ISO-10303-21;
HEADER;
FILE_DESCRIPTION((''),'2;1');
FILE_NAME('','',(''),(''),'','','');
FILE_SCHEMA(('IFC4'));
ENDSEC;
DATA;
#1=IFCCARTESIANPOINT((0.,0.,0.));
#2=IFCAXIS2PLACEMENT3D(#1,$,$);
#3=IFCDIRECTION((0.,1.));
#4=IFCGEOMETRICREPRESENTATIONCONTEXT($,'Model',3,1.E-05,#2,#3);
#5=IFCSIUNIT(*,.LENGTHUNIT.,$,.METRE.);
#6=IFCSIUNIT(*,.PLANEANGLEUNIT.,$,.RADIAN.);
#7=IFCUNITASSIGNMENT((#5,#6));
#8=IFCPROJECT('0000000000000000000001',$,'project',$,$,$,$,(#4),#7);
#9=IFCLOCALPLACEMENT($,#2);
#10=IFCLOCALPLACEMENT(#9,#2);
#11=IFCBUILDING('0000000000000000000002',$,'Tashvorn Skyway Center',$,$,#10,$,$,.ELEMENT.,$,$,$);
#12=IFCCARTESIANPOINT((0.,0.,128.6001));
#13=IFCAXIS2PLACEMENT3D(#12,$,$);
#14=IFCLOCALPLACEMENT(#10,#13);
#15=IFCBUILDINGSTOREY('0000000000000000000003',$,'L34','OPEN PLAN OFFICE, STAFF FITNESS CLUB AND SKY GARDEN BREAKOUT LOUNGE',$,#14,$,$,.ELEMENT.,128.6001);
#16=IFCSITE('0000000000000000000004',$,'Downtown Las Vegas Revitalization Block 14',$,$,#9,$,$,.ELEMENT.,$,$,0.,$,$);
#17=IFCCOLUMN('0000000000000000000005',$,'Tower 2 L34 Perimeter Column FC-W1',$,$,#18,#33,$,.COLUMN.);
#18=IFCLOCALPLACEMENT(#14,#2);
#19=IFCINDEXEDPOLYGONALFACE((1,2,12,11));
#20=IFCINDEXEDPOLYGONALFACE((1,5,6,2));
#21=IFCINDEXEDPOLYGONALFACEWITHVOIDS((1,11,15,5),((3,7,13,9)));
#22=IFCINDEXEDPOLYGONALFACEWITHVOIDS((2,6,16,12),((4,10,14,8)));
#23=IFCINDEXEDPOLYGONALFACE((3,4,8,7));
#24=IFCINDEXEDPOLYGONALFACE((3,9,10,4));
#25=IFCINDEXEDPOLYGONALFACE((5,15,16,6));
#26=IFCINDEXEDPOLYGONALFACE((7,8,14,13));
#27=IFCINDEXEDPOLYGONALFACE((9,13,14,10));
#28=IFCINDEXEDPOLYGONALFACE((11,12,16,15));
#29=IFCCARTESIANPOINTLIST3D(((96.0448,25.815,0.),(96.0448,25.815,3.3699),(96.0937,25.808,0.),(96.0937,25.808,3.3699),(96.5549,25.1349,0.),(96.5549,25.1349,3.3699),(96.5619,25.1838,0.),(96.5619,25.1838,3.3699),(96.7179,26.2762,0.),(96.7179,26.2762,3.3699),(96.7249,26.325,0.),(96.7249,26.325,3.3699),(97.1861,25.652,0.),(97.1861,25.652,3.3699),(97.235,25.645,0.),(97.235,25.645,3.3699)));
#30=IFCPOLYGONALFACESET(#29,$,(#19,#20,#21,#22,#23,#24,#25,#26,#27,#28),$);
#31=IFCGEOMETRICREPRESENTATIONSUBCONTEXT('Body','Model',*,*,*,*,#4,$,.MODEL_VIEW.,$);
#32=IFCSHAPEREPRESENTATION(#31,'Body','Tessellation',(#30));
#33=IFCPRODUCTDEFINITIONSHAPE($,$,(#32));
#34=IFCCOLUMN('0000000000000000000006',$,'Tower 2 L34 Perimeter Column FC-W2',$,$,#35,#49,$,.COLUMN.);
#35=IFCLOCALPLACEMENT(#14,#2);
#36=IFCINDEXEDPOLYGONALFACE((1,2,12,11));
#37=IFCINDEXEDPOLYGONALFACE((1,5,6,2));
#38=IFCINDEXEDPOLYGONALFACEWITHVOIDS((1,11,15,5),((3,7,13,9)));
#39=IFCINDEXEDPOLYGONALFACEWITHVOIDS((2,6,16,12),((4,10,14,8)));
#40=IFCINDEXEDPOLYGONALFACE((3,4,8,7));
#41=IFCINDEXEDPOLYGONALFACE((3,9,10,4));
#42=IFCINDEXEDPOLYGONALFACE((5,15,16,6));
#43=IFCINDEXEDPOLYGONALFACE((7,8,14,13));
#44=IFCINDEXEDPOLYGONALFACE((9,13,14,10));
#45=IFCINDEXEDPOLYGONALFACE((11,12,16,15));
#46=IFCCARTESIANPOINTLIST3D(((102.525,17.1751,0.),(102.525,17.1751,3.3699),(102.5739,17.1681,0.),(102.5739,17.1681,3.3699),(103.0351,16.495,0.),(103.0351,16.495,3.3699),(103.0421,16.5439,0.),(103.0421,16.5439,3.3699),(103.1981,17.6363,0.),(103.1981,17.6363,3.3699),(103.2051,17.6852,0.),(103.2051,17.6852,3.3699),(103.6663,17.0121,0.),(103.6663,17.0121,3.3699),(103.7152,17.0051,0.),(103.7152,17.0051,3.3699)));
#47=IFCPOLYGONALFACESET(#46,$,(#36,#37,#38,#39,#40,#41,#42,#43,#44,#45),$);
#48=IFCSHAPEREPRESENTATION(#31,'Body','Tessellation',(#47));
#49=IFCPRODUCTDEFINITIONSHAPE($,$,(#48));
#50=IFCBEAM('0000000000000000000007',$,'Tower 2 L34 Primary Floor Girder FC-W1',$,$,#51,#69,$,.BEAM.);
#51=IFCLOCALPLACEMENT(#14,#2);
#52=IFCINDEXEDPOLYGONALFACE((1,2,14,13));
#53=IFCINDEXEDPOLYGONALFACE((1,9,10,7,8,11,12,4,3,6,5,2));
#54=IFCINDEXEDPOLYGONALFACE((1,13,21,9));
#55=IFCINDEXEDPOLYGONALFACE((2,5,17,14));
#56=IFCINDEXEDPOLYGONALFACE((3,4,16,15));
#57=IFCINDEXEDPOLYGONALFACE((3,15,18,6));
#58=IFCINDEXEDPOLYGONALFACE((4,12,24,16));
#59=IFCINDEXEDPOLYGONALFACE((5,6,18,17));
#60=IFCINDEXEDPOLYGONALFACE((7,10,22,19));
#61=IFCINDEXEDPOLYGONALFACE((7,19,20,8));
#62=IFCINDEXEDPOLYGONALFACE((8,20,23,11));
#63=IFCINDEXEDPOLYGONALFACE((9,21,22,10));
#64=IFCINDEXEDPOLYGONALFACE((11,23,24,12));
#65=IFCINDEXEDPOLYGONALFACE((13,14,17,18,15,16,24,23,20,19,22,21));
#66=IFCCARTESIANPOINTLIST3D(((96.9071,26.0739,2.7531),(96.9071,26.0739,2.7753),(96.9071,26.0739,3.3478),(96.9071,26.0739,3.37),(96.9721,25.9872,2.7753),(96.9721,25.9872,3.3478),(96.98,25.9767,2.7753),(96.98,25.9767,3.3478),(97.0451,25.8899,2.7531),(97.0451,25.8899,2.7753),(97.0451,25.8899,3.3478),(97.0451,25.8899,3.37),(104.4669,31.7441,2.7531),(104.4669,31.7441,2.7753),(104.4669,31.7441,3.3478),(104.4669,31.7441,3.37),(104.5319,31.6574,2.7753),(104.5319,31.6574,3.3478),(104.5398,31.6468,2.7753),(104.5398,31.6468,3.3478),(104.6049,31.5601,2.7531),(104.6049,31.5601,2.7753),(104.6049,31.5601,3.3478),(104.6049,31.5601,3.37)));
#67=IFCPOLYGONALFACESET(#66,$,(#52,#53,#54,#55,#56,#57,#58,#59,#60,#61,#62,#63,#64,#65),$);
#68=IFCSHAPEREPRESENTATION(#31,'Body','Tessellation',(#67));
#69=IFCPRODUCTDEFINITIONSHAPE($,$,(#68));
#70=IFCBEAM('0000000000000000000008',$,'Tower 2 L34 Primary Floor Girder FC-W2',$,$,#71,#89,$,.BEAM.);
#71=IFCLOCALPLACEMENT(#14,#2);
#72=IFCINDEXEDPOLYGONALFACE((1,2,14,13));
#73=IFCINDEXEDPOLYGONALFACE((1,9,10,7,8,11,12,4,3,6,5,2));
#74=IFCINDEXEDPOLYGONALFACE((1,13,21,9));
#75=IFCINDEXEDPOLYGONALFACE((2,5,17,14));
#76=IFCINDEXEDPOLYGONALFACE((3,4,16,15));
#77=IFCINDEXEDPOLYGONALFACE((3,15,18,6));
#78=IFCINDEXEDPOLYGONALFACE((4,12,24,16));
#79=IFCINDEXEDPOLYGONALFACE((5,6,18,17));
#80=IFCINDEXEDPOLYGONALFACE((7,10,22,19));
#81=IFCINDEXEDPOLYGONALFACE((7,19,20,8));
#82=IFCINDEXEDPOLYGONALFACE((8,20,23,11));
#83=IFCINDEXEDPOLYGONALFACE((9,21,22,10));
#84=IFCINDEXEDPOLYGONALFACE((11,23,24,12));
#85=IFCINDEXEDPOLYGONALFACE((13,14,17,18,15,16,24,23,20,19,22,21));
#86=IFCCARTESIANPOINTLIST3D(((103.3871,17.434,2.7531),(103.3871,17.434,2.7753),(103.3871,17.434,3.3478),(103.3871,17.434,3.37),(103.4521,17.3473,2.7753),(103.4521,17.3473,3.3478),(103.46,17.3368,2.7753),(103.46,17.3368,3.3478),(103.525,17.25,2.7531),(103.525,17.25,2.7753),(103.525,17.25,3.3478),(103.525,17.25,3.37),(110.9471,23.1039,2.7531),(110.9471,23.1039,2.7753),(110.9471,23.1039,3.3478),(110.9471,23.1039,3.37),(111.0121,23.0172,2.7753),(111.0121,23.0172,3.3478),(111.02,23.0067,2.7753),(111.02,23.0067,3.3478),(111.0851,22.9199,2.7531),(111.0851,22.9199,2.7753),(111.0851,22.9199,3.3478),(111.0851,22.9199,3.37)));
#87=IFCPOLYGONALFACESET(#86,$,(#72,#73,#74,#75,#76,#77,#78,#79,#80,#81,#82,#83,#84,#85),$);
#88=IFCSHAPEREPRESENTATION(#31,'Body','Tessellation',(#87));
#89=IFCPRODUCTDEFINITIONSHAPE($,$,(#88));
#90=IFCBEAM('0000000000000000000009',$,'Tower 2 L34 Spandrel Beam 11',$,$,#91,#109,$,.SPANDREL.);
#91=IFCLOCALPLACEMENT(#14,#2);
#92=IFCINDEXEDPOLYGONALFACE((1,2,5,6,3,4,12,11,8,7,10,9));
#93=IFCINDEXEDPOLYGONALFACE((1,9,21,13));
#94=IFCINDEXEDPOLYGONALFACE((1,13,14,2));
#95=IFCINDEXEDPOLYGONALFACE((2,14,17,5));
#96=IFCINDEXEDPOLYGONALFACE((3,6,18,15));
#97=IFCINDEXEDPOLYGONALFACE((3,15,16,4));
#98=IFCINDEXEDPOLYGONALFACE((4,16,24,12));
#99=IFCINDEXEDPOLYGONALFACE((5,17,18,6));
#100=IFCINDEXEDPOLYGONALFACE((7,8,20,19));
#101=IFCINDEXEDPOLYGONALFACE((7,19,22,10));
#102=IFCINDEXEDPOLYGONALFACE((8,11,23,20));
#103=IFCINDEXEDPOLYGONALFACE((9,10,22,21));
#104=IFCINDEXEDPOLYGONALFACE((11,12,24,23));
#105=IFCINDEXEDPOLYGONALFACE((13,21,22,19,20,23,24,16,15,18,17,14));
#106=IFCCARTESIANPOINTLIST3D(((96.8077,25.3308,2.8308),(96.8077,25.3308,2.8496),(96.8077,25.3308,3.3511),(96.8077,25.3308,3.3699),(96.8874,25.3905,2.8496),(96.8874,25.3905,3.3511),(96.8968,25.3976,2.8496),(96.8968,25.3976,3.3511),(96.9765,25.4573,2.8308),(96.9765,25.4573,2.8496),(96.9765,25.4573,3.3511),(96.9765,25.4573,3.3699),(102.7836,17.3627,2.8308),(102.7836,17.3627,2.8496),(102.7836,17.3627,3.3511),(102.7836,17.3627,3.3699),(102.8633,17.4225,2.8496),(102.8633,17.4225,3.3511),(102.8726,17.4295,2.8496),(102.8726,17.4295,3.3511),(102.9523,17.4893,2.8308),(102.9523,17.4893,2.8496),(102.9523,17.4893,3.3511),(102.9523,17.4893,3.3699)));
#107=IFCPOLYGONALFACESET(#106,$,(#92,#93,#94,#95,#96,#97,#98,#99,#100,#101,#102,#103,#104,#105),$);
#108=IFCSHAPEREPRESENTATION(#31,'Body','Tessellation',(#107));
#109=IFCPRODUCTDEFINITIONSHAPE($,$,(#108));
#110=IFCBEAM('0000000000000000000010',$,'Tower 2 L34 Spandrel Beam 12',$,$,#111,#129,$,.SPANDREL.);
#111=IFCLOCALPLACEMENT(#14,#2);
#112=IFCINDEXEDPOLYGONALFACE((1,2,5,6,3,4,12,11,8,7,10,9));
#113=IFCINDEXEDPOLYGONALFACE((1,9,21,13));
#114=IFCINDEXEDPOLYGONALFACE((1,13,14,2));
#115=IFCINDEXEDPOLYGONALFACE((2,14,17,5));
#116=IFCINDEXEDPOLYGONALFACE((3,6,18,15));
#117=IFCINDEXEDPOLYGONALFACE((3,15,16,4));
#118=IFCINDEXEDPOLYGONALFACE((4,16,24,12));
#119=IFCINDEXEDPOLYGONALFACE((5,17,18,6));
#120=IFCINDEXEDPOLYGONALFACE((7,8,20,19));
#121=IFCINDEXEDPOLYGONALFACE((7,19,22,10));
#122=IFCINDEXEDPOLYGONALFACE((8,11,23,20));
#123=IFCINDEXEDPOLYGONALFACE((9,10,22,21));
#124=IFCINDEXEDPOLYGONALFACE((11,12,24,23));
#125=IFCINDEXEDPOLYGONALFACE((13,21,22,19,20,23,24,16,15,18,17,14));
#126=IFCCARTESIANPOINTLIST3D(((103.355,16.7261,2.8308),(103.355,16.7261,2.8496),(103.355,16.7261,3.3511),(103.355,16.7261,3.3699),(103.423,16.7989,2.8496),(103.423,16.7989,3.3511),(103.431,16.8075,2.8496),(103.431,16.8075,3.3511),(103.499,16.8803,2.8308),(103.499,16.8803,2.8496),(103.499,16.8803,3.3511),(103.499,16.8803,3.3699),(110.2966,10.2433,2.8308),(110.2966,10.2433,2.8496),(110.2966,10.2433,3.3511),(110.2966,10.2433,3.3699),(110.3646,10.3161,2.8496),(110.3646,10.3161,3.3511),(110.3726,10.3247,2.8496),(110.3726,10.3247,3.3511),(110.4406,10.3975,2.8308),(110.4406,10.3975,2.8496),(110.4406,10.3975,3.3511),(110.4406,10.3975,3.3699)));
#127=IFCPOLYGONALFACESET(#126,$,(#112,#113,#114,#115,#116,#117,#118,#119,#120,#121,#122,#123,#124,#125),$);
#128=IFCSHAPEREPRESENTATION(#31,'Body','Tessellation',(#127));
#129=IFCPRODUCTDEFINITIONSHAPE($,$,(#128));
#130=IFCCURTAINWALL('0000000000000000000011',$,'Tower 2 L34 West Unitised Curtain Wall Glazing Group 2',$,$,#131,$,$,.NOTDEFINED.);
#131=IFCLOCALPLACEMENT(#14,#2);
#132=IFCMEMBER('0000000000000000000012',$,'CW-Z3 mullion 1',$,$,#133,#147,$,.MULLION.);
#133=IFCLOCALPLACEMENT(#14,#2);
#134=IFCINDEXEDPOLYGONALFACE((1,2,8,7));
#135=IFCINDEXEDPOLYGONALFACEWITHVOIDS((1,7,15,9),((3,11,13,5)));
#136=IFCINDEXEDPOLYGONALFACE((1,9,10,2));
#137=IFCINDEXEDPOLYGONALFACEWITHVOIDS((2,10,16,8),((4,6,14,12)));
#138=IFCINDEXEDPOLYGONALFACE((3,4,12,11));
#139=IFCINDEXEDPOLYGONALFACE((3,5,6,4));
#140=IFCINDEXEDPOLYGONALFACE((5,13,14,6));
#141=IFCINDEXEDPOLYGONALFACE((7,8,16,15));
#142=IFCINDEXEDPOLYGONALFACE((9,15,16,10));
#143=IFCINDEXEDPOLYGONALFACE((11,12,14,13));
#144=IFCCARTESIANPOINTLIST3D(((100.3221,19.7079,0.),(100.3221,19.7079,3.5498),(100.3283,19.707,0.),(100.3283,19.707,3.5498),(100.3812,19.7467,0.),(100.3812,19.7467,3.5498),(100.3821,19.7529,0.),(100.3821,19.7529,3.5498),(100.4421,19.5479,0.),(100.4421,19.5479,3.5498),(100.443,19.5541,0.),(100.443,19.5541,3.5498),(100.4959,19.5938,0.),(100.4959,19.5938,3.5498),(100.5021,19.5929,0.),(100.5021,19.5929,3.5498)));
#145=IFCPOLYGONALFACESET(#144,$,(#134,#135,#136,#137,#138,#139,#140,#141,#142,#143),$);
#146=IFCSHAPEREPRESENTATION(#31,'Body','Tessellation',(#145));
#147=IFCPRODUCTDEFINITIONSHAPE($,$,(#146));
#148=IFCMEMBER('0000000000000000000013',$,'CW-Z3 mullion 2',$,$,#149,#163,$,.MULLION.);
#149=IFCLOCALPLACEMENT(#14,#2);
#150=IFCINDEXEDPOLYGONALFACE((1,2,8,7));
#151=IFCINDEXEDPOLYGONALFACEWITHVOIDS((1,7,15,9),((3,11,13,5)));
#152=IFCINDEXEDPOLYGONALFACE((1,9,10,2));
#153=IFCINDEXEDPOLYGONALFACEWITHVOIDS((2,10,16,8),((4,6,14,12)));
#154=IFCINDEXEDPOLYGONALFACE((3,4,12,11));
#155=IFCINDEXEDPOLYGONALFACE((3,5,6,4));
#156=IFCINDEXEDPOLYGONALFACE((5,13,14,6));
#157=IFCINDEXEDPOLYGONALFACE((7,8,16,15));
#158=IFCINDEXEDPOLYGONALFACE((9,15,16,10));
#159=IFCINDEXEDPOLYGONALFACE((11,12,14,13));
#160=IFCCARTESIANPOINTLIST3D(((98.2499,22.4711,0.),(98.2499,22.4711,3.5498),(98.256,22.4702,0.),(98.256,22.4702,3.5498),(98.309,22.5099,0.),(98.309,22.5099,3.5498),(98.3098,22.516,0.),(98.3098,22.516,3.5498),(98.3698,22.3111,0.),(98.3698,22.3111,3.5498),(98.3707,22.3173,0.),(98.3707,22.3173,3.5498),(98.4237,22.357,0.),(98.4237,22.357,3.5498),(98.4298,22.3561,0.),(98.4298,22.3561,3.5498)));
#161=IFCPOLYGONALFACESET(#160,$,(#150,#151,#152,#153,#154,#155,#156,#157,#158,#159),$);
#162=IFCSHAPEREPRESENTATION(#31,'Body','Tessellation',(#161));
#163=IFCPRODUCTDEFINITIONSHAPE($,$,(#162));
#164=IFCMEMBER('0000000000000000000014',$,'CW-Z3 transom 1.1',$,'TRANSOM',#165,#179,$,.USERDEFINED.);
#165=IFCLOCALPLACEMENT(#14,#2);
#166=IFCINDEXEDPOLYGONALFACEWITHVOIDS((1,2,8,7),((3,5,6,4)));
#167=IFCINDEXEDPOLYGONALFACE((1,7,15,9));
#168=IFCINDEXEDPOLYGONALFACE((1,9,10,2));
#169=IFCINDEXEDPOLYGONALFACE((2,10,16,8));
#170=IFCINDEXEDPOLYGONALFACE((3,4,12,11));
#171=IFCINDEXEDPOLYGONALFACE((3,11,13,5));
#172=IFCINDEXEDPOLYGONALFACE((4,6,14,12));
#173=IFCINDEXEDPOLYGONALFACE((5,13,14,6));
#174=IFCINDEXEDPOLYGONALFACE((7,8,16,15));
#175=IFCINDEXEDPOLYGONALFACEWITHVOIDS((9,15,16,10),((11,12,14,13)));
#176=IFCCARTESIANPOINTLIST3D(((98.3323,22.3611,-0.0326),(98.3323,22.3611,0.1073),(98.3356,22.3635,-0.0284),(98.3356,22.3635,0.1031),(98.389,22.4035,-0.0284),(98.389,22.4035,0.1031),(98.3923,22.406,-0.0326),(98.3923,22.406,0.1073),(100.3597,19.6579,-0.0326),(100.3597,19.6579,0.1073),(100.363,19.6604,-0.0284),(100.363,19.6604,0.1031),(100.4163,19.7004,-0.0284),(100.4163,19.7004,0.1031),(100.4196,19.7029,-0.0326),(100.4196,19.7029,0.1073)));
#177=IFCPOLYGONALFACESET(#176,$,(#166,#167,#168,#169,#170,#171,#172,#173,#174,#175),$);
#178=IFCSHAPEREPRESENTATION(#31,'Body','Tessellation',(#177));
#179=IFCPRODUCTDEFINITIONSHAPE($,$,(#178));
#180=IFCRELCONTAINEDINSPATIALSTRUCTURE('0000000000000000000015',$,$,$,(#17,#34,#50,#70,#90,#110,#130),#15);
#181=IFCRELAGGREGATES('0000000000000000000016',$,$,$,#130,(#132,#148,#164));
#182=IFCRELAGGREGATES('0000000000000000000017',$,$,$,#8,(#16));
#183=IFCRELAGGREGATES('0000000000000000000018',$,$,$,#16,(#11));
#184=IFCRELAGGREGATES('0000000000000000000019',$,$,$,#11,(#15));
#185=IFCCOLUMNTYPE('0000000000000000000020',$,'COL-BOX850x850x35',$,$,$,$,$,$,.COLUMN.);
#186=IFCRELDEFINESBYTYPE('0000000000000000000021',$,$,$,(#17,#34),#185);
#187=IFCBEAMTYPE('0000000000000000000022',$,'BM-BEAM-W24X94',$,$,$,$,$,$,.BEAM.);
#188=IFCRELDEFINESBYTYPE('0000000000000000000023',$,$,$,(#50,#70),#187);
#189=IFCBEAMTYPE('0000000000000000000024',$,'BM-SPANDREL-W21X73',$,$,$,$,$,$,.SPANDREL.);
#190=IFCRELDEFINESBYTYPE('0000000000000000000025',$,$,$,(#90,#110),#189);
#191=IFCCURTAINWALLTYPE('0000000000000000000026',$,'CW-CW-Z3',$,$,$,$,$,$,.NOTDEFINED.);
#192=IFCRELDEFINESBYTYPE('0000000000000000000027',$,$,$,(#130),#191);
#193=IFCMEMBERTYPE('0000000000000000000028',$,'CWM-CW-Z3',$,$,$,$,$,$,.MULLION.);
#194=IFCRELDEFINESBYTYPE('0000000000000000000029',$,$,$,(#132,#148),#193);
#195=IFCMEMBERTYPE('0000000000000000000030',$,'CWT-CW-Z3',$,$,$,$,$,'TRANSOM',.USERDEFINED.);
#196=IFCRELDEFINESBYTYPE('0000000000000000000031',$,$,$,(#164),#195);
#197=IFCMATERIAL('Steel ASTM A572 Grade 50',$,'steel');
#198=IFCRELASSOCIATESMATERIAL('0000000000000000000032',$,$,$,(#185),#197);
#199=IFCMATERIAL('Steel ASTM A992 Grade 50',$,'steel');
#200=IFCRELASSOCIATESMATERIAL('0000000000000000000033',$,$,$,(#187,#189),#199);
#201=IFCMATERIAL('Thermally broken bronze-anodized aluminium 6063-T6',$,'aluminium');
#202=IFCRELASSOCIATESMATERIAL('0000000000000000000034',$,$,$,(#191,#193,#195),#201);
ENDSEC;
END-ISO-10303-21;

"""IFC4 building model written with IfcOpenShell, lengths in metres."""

from ifc_helpers import new_model, si_unit, direction, frame, origin, origin_2d, place, context, subcontext, project, spatial, hollow_rectangle, i_section, extrude, material, material_profile, profile_set, type_object, element, aggregate, save


model = new_model("IFC4")

# Units and contexts
model_context = context("Model", 3, precision=1e-05, world=origin(), true_north=direction((0.0, 1.0)))
body_context = subcontext(model_context, "Body", "Model", "MODEL_VIEW")
ifc_project = project(units=[si_unit("LENGTHUNIT", "METRE"), si_unit("PLANEANGLEUNIT", "RADIAN")], contexts=[model_context])

# Site, building, storey
site_placement = place(None, origin())
site = spatial("IfcSite", under=ifc_project, at=site_placement, Name="Downtown Las Vegas Revitalization Block 14", CompositionType="ELEMENT", RefElevation=0.0)
building_placement = place(site_placement, origin())
building = spatial("IfcBuilding", under=site, at=building_placement, Name="Tashvorn Skyway Center", CompositionType="ELEMENT")
storey_placement = place(building_placement, frame((0.0, 0.0, 128.6001)))
storey = spatial("IfcBuildingStorey", under=building, at=storey_placement, Name="L34", Description="OPEN PLAN OFFICE, STAFF FITNESS CLUB AND SKY GARDEN BREAKOUT LOUNGE", CompositionType="ELEMENT", Elevation=128.6001)

# Columns
ifc_material_1 = material(Name="Steel ASTM A572 Grade 50", Category="steel")
ifc_material_profile_1 = material_profile(ifc_material_1, hollow_rectangle(XDim=0.8501, YDim=0.8501, WallThickness=0.0349, at=origin_2d()), Name="BOX850x850x35")
ifc_profile_set_1 = profile_set([ifc_material_profile_1], Name="Steel ASTM A572 Grade 50")
column_type = type_object("IfcColumnType", Name="COL-BOX850x850x35", PredefinedType="COLUMN", material=ifc_profile_set_1)
for number, where, z_axis, x_axis, name in (
    (1, (96.6399, 25.73, 0.0), (0.0, 0.0, 1.0), (0.8, 0.6, 0.0), "Tower 2 L34 Perimeter Column FC-W1"),
    (2, (103.1201, 17.0901, 0.0), (0.0, 0.0, 1.0), (0.8, 0.6, 0.0), "Tower 2 L34 Perimeter Column FC-W2"),
):
    element("IfcColumn", number, at=place(storey_placement, frame(where, z_axis=z_axis, x_axis=x_axis)), inside=storey, type_object=column_type, Name=name, PredefinedType="COLUMN", context=body_context, shape_type="SweptSolid", body=[
        extrude(hollow_rectangle(XDim=0.8501, YDim=0.8501, WallThickness=0.0349, at=origin_2d()), origin(), (0.0, 0.0, 1.0), 3.3699),
    ])

# Beams
ifc_material_2 = material(Name="Steel ASTM A992 Grade 50", Category="steel")
ifc_material_profile_2 = material_profile(ifc_material_2, i_section(OverallWidth=0.23, OverallDepth=0.6169, WebThickness=0.0132, FlangeThickness=0.0222, at=origin_2d()), Name="W24X94")
ifc_profile_set_2 = profile_set([ifc_material_profile_2], Name="Steel ASTM A992 Grade 50")
beam_type_1 = type_object("IfcBeamType", Name="BM-BEAM-W24X94", PredefinedType="BEAM", material=ifc_profile_set_2)
for number, where, z_axis, x_axis, name in (
    (3, (96.9761, 25.9819, 3.0615), (0.799984, 0.600021, 0.0), (-0.600021, 0.799984, 0.0), "Tower 2 L34 Primary Floor Girder FC-W1"),
    (4, (103.4561, 17.342, 3.0615), (0.800006, 0.599992, 0.0), (-0.599992, 0.800006, 0.0), "Tower 2 L34 Primary Floor Girder FC-W2"),
):
    element("IfcBeam", number, at=place(storey_placement, frame(where, z_axis=z_axis, x_axis=x_axis)), inside=storey, type_object=beam_type_1, Name=name, PredefinedType="BEAM", context=body_context, shape_type="SweptSolid", body=[
        extrude(i_section(OverallWidth=0.23, OverallDepth=0.6169, WebThickness=0.0132, FlangeThickness=0.0222, at=origin_2d()), origin(), (0.0, 0.0, 1.0), 9.45),
    ])
ifc_material_profile_3 = material_profile(ifc_material_2, i_section(OverallWidth=0.2109, OverallDepth=0.5391, WebThickness=0.0117, FlangeThickness=0.0188, at=origin_2d()), Name="W21X73")
ifc_profile_set_3 = profile_set([ifc_material_profile_3], Name="Steel ASTM A992 Grade 50")
beam_type_2 = type_object("IfcBeamType", Name="BM-SPANDREL-W21X73", PredefinedType="SPANDREL", material=ifc_profile_set_3)
beam_1_placement = place(storey_placement, frame((96.8921, 25.394, 3.1003), z_axis=(0.599988, -0.800009, 0.0), x_axis=(0.800009, 0.599988, 0.0)))
element("IfcBeam", 5, at=beam_1_placement, inside=storey, type_object=beam_type_2, Name="Tower 2 L34 Spandrel Beam 11", PredefinedType="SPANDREL", context=body_context, shape_type="SweptSolid", body=[
    extrude(i_section(OverallWidth=0.2109, OverallDepth=0.5391, WebThickness=0.0117, FlangeThickness=0.0188, at=origin_2d()), origin(), (0.0, 0.0, 1.0), 9.96),
])
beam_2_placement = place(storey_placement, frame((103.427, 16.8032, 3.1003), z_axis=(0.730843, -0.682545, 0.0), x_axis=(0.682545, 0.730843, 0.0)))
element("IfcBeam", 6, at=beam_2_placement, inside=storey, type_object=beam_type_2, Name="Tower 2 L34 Spandrel Beam 12", PredefinedType="SPANDREL", context=body_context, shape_type="SweptSolid", body=[
    extrude(i_section(OverallWidth=0.2109, OverallDepth=0.5391, WebThickness=0.0117, FlangeThickness=0.0188, at=origin_2d()), origin(), (0.0, 0.0, 1.0), 9.498),
])

# Curtain wall, members
ifc_material_3 = material(Name="Thermally broken bronze-anodized aluminium 6063-T6", Category="aluminium")
curtain_wall_type = type_object("IfcCurtainWallType", Name="CW-CW-Z3", PredefinedType="NOTDEFINED", material=ifc_material_3)
curtain_wall_placement = place(storey_placement, origin())
curtain_wall = element("IfcCurtainWall", 7, at=curtain_wall_placement, inside=storey, type_object=curtain_wall_type, Name="Tower 2 L34 West Unitised Curtain Wall Glazing Group 2", PredefinedType="NOTDEFINED")
ifc_material_profile_4 = material_profile(ifc_material_3, hollow_rectangle(XDim=0.075, YDim=0.2, WallThickness=0.0044, at=origin_2d()), Name="ALU-MULL-75x200")
ifc_profile_set_4 = profile_set([ifc_material_profile_4], Name="Thermally broken bronze-anodized aluminium 6063-T6")
member_type_1 = type_object("IfcMemberType", Name="CWM-CW-Z3", PredefinedType="MULLION", material=ifc_profile_set_4)
member_1_placement = place(storey_placement, frame((100.4121, 19.6504, 0.0), z_axis=(0.0, 0.0, 1.0), x_axis=(-0.8, -0.6, 0.0)))
member_1 = element("IfcMember", 8, at=member_1_placement, type_object=member_type_1, Name="CW-Z3 mullion 1", PredefinedType="MULLION", context=body_context, shape_type="SweptSolid", body=[
    extrude(hollow_rectangle(XDim=0.075, YDim=0.2, WallThickness=0.0044, at=origin_2d()), origin(), (0.0, 0.0, 1.0), 3.5498),
])
member_2_placement = place(storey_placement, frame((98.3398, 22.4136, 0.0), z_axis=(0.0, 0.0, 1.0), x_axis=(-0.8, -0.6, 0.0)))
member_2 = element("IfcMember", 9, at=member_2_placement, type_object=member_type_1, Name="CW-Z3 mullion 2", PredefinedType="MULLION", context=body_context, shape_type="SweptSolid", body=[
    extrude(hollow_rectangle(XDim=0.075, YDim=0.2, WallThickness=0.0044, at=origin_2d()), origin(), (0.0, 0.0, 1.0), 3.5498),
])
ifc_material_profile_5 = material_profile(ifc_material_3, hollow_rectangle(XDim=0.075, YDim=0.1399, WallThickness=0.0042, at=origin_2d()), Name="ALU-TRAN-75x140")
ifc_profile_set_5 = profile_set([ifc_material_profile_5], Name="Thermally broken bronze-anodized aluminium 6063-T6")
member_type_2 = type_object("IfcMemberType", Name="CWT-CW-Z3", ElementType="TRANSOM", PredefinedType="USERDEFINED", material=ifc_profile_set_5)
member_3_placement = place(storey_placement, frame((100.3896, 19.6804, 0.0374), z_axis=(-0.6, 0.8, 0.0), x_axis=(-0.8, -0.6, 0.0)))
member_3 = element("IfcMember", 10, at=member_3_placement, type_object=member_type_2, Name="CW-Z3 transom 1.1", ObjectType="TRANSOM", PredefinedType="USERDEFINED", context=body_context, shape_type="SweptSolid", body=[
    extrude(hollow_rectangle(XDim=0.075, YDim=0.1399, WallThickness=0.0042, at=origin_2d()), origin(), (0.0, 0.0, 1.0), 3.3789),
])
aggregate(curtain_wall, [member_1, member_2, member_3])

save(model, "model.ifc")
